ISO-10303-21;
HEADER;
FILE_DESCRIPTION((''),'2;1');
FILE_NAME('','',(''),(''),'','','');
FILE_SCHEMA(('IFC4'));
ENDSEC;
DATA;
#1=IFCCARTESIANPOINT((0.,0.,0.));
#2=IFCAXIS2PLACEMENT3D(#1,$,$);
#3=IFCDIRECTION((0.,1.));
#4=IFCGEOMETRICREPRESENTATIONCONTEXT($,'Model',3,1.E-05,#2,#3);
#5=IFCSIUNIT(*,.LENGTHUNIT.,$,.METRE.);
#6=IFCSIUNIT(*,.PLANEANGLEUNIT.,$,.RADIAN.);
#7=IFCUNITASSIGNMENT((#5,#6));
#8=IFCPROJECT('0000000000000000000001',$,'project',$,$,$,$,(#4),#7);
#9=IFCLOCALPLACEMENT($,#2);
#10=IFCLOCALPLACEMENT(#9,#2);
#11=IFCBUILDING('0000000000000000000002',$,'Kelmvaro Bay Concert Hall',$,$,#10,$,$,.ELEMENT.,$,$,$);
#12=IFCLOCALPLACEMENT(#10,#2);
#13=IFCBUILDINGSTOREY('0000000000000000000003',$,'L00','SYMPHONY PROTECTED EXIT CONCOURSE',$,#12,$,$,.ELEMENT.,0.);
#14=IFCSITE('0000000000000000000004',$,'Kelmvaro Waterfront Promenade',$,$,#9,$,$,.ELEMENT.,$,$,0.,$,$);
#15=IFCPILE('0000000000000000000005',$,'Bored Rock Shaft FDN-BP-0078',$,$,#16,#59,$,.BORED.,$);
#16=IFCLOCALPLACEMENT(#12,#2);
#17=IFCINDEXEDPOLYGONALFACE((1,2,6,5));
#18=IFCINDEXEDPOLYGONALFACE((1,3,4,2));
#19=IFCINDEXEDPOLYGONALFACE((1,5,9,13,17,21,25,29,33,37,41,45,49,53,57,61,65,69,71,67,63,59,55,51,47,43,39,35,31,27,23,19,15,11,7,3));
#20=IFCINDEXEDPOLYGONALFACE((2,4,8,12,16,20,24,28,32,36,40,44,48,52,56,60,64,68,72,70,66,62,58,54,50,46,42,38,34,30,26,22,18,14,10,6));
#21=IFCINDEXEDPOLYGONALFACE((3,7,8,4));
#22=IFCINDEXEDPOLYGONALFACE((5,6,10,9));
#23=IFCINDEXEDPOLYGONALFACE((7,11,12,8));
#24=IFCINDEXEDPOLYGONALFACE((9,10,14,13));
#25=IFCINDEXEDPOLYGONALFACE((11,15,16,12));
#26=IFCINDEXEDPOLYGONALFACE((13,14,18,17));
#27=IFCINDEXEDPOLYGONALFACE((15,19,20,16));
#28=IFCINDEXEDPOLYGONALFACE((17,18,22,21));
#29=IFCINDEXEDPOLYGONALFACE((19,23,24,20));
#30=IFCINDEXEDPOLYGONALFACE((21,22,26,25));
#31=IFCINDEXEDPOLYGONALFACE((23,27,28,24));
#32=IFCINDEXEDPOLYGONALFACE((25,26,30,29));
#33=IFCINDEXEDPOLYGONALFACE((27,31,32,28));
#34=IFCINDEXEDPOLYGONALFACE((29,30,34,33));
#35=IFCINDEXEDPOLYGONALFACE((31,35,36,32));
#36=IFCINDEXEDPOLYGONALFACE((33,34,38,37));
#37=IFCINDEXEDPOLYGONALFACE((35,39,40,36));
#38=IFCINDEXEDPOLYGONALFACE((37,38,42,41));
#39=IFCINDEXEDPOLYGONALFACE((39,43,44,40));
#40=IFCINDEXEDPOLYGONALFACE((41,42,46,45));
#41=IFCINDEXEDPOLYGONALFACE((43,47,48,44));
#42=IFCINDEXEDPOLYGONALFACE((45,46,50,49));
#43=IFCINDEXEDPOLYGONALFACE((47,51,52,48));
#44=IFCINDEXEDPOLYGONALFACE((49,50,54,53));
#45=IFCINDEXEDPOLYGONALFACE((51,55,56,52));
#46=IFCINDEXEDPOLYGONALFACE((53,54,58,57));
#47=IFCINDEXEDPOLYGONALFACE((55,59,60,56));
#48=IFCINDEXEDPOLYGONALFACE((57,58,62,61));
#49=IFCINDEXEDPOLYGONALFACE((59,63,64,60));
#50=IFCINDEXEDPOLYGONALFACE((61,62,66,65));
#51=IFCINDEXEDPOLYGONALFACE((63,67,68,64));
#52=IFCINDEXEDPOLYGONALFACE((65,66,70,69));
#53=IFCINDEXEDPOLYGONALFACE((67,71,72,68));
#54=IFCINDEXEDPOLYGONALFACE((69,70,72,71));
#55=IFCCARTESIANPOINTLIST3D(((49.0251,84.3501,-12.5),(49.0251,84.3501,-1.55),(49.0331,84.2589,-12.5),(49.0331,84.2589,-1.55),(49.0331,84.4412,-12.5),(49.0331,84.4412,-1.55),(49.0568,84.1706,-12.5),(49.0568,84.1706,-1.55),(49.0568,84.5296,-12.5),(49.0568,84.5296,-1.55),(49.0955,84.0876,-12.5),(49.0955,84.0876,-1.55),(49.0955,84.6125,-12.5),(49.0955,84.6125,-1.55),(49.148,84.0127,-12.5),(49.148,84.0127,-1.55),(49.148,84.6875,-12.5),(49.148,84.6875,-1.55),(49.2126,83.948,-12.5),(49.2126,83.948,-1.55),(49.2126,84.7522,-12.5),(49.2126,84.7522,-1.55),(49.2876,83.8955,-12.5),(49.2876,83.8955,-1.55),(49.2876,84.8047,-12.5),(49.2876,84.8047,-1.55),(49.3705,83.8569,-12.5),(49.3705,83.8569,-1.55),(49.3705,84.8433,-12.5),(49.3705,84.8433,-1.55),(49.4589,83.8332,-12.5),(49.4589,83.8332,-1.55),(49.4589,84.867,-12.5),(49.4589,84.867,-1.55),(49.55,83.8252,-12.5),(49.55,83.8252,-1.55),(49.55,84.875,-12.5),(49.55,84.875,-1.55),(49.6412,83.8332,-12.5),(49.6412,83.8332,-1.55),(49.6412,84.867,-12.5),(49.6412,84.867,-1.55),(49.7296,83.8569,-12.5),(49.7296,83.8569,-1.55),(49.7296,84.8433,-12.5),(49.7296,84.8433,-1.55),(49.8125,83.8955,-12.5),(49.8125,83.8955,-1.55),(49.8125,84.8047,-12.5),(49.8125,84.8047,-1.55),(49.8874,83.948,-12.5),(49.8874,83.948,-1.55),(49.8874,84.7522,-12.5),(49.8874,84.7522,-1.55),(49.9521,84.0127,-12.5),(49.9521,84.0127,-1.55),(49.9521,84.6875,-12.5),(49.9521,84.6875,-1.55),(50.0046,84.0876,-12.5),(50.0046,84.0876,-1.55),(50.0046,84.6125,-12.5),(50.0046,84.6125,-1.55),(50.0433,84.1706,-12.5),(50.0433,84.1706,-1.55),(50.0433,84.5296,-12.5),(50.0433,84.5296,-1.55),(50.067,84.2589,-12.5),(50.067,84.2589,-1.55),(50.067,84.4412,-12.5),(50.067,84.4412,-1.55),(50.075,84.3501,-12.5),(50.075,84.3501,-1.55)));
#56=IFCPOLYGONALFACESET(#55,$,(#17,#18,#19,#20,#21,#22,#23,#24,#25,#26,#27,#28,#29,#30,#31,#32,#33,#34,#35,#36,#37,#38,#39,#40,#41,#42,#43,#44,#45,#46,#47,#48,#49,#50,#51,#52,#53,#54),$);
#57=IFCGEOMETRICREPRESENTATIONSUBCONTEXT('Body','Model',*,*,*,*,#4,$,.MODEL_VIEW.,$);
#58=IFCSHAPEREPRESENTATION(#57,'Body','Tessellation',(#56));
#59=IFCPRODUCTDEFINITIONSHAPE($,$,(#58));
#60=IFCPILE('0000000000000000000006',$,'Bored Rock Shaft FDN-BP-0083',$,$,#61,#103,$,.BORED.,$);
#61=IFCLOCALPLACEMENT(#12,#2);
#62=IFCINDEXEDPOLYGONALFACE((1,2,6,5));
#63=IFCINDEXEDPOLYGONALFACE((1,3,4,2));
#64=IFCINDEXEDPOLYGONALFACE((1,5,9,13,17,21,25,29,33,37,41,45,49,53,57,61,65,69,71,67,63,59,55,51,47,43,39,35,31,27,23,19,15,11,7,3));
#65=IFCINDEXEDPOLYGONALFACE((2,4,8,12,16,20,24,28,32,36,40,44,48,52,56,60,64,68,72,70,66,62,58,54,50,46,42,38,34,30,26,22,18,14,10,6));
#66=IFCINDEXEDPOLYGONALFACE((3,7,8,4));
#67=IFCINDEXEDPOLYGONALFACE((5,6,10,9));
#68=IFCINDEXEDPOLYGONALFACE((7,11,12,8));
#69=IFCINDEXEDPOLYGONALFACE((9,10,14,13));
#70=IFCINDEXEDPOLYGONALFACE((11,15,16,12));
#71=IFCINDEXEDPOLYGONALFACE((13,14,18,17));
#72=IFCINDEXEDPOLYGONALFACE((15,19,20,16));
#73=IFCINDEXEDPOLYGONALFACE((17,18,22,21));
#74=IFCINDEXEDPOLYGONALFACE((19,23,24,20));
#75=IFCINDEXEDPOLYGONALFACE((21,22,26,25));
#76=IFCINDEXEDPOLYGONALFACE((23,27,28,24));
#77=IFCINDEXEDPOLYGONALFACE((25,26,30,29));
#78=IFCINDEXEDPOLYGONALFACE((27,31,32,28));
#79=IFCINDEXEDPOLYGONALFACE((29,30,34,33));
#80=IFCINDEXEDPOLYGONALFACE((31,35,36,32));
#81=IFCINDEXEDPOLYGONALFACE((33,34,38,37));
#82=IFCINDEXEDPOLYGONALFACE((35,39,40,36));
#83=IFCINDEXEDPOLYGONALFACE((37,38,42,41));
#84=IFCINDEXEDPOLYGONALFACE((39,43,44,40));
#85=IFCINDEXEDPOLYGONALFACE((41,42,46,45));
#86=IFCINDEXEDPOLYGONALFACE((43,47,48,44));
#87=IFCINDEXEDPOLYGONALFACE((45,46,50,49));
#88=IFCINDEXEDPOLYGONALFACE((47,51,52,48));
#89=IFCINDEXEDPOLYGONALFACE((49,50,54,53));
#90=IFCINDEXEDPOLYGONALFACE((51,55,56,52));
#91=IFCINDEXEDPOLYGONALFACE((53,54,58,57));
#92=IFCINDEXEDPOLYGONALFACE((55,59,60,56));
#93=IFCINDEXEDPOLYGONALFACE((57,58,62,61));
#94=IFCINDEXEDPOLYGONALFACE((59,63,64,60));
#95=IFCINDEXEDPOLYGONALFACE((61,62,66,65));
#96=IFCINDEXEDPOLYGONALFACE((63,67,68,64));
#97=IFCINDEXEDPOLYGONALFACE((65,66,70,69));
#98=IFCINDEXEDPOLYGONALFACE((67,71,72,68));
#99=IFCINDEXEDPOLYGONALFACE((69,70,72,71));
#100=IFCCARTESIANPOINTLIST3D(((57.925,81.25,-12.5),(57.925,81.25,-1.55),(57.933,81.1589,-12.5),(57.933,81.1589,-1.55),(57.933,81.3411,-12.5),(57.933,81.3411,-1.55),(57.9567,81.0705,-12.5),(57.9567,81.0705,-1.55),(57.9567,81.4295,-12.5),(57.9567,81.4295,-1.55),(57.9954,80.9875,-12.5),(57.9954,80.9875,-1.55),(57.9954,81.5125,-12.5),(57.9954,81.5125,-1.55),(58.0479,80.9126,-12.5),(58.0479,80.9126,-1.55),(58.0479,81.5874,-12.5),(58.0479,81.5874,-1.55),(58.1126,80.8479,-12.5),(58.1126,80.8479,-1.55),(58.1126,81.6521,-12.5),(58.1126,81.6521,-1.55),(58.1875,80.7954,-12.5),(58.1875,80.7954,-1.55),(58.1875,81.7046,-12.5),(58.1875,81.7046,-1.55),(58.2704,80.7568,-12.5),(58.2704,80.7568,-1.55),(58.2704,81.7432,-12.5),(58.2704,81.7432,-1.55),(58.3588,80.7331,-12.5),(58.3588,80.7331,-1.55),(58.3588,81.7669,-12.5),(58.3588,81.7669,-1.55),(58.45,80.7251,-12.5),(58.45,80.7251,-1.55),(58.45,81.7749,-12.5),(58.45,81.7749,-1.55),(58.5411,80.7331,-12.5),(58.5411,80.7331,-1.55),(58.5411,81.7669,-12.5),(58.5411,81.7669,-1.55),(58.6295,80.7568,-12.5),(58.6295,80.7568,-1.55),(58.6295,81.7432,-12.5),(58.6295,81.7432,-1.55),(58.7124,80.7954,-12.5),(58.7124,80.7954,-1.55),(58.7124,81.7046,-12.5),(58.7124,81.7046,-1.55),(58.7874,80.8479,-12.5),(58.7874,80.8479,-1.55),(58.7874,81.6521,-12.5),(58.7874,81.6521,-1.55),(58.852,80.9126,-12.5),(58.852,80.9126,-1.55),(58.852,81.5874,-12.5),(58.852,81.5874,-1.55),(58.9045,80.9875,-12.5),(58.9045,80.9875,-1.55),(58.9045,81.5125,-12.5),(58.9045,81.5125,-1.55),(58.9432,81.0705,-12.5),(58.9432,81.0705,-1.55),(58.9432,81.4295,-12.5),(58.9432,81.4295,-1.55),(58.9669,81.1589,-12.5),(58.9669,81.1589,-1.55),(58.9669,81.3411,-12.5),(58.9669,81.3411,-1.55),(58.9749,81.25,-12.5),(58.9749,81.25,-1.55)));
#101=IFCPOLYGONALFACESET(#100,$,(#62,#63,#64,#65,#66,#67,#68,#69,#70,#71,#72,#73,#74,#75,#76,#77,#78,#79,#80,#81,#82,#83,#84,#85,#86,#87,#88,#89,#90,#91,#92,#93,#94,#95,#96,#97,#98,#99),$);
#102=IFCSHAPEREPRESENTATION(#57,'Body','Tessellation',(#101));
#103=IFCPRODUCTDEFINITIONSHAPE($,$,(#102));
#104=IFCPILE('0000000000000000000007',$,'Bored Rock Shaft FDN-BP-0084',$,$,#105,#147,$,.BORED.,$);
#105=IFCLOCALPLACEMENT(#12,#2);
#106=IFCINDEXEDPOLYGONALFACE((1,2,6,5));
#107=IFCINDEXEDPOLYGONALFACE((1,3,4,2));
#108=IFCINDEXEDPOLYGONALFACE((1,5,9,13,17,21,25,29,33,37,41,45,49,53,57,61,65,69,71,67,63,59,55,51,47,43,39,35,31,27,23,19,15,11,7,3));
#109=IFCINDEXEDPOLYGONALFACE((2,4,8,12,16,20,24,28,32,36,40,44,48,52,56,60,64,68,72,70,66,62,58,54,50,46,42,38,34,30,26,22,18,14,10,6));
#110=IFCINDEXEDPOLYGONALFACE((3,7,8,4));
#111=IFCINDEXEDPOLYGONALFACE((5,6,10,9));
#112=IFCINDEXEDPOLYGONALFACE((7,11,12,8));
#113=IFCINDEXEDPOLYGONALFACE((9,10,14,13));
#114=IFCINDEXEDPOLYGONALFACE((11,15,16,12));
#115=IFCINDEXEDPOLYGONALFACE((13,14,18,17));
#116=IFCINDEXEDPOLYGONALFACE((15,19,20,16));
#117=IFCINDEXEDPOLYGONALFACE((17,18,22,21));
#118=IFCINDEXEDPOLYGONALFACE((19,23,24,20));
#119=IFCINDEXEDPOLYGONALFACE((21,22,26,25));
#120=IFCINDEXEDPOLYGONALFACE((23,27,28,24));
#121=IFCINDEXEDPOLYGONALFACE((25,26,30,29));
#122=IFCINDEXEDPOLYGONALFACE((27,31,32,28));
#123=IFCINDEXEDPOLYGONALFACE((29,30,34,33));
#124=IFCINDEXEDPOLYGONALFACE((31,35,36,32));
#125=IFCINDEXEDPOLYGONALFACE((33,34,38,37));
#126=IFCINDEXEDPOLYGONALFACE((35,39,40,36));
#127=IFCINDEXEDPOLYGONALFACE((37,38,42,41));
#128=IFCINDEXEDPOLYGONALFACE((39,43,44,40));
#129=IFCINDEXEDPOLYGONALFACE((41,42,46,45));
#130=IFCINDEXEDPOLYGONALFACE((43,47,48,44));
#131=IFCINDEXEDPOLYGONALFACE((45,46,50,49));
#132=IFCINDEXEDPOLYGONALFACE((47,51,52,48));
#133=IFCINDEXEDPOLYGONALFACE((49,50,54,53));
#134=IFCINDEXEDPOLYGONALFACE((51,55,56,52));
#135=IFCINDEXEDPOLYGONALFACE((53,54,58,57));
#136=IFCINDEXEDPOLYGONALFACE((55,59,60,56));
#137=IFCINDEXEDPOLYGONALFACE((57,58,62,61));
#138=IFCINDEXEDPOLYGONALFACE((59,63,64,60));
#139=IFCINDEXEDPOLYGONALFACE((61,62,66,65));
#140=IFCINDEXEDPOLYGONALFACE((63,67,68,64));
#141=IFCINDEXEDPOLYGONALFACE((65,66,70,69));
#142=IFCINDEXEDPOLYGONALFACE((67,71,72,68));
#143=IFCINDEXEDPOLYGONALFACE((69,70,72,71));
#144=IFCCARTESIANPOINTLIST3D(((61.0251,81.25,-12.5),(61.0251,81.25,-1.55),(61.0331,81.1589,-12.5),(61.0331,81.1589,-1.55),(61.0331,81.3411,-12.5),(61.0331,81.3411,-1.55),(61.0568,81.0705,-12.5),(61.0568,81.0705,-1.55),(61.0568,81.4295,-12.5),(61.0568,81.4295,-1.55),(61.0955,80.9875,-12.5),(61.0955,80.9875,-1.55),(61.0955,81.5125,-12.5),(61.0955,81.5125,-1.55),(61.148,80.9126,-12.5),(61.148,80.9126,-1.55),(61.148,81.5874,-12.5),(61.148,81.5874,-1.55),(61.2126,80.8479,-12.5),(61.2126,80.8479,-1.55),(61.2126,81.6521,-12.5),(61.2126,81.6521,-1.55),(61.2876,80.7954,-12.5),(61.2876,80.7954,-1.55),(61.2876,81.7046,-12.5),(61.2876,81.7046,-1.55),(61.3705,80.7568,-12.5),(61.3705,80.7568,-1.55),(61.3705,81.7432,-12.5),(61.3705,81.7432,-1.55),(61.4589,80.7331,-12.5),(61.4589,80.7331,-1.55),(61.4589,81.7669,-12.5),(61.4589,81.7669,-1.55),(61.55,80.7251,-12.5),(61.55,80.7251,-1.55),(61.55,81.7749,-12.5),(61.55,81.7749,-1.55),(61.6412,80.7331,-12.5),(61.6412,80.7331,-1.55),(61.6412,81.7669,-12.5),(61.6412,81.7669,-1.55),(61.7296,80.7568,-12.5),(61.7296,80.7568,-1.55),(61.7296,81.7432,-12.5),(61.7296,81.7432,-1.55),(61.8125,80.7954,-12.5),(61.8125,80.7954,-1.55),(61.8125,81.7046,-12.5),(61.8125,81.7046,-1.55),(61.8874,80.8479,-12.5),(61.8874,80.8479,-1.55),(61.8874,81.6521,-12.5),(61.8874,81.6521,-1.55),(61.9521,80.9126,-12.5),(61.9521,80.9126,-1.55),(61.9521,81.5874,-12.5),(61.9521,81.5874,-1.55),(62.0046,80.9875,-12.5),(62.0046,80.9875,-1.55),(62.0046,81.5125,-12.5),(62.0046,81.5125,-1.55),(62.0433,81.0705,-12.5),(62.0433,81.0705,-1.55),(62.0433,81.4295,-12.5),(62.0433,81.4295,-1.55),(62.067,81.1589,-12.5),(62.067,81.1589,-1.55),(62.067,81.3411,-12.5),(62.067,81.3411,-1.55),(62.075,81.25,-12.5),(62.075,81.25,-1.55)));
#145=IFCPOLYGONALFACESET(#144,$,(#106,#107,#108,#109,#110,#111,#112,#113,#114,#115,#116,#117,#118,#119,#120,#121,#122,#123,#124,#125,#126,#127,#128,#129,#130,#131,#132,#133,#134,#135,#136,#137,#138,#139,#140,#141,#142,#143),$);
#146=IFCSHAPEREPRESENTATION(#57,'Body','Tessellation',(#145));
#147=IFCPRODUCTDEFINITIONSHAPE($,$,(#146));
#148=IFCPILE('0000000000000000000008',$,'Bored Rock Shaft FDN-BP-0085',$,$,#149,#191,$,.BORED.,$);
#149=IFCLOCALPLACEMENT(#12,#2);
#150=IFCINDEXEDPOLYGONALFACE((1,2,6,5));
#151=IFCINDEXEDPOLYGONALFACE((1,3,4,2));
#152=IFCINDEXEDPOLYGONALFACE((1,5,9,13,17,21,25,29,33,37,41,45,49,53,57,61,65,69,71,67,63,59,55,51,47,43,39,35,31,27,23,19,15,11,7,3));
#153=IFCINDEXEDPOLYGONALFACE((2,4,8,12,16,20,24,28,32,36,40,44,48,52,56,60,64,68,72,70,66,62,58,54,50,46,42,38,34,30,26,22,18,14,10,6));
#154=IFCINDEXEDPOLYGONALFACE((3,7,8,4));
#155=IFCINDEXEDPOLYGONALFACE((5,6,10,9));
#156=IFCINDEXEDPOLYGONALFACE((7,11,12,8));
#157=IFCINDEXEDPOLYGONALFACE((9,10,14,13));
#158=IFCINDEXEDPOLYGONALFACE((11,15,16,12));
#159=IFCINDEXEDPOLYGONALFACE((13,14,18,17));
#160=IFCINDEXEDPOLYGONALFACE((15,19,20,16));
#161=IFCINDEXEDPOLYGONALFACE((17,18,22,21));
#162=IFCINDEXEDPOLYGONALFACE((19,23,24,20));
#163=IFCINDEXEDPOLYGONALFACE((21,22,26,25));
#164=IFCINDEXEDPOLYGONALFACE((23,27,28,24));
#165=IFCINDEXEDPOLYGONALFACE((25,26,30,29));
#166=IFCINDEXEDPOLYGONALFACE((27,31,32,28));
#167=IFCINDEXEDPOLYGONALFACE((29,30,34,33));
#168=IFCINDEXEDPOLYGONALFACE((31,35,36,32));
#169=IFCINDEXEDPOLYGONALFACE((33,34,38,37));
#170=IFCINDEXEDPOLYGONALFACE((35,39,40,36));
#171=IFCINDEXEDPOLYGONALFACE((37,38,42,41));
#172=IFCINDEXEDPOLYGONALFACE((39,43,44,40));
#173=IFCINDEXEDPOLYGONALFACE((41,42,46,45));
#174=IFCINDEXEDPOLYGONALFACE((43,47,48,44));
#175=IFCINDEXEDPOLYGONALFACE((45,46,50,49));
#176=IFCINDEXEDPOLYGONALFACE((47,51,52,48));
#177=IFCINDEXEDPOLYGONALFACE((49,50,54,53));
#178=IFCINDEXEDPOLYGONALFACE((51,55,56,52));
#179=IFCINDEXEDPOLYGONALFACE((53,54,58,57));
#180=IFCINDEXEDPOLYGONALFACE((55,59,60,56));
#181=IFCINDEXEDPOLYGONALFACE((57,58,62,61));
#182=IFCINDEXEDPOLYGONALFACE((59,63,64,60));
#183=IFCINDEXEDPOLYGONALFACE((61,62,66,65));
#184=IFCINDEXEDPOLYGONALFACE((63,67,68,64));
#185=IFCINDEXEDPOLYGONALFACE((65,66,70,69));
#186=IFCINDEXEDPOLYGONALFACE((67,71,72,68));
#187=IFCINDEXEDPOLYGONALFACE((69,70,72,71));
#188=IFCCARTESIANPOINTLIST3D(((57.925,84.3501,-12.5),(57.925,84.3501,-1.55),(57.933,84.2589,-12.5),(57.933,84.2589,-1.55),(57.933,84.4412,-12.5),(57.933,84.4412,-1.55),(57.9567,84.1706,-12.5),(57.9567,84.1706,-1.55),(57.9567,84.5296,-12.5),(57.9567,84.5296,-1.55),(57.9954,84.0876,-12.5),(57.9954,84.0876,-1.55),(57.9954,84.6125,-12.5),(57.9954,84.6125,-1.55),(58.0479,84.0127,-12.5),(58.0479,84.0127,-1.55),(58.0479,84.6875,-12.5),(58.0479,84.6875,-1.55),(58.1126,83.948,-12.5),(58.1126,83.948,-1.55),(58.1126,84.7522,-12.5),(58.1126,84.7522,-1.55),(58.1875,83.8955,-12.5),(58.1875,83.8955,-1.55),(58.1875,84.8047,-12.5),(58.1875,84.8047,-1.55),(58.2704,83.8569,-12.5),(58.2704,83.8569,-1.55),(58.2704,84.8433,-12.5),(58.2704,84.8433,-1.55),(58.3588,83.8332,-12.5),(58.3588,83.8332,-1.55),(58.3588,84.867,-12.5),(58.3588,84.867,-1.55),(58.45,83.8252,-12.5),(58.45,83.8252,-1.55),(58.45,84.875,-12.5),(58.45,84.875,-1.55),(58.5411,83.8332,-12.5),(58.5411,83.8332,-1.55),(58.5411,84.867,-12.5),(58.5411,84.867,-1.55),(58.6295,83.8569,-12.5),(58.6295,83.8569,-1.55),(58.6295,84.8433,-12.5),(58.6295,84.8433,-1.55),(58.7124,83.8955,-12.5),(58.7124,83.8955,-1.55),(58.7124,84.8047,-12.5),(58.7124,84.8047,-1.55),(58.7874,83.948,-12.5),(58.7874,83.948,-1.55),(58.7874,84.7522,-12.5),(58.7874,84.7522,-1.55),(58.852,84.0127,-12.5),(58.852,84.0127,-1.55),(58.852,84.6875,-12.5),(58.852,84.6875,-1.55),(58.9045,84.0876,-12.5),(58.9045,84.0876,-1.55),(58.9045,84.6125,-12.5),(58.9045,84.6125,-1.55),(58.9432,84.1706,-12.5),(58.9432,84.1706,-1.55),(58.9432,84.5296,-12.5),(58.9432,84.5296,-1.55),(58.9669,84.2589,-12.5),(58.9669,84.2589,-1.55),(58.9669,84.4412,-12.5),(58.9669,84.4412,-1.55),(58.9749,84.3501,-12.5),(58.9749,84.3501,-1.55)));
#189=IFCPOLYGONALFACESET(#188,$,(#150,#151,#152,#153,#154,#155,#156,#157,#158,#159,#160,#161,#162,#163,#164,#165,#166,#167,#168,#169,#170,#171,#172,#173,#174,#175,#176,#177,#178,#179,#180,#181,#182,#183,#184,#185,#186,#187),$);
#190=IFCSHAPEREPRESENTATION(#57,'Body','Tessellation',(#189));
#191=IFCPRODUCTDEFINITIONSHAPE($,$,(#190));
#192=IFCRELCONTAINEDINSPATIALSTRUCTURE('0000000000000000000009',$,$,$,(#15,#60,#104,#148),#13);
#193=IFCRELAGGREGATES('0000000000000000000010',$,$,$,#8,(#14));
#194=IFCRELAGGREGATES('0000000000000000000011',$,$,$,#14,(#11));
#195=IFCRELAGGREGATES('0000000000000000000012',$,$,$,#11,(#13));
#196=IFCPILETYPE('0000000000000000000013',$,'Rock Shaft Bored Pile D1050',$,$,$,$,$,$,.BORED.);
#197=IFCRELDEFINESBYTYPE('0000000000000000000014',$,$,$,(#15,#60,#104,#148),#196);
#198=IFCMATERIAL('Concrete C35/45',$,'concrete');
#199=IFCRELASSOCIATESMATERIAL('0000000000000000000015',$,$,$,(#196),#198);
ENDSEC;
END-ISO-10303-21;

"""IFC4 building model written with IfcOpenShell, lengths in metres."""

from ifc_helpers import new_model, si_unit, direction, frame, origin, origin_2d, place, context, subcontext, project, spatial, circle, extrude, material, material_profile, profile_set, type_object, element, save


model = new_model("IFC4")

# Units and contexts
model_context = context("Model", 3, precision=1e-05, world=origin(), true_north=direction((0.0, 1.0)))
body_context = subcontext(model_context, "Body", "Model", "MODEL_VIEW")
ifc_project = project(units=[si_unit("LENGTHUNIT", "METRE"), si_unit("PLANEANGLEUNIT", "RADIAN")], contexts=[model_context])

# Site, building, storey
site_placement = place(None, origin())
site = spatial("IfcSite", under=ifc_project, at=site_placement, Name="Kelmvaro Waterfront Promenade", CompositionType="ELEMENT", RefElevation=0.0)
building_placement = place(site_placement, origin())
building = spatial("IfcBuilding", under=site, at=building_placement, Name="Kelmvaro Bay Concert Hall", CompositionType="ELEMENT")
storey_placement = place(building_placement, origin())
storey = spatial("IfcBuildingStorey", under=building, at=storey_placement, Name="L00", Description="SYMPHONY PROTECTED EXIT CONCOURSE", CompositionType="ELEMENT", Elevation=0.0)

# Piles
ifc_material_1 = material(Name="Concrete C35/45", Category="concrete")
ifc_material_profile_1 = material_profile(ifc_material_1, circle(Radius=0.5249, at=origin_2d()), Name="PILE-BORED-1050")
ifc_profile_set_1 = profile_set([ifc_material_profile_1], Name="Concrete C35/45")
pile_type = type_object("IfcPileType", Name="Rock Shaft Bored Pile D1050", PredefinedType="BORED", material=ifc_profile_set_1)
for number, where, z_axis, x_axis, name in (
    (1, (49.55, 84.3501, -1.55), (0.0, 0.0, -1.0), (1.0, 0.0, 0.0), "Bored Rock Shaft FDN-BP-0078"),
    (2, (58.45, 81.25, -1.55), (0.0, 0.0, -1.0), (1.0, 0.0, 0.0), "Bored Rock Shaft FDN-BP-0083"),
    (3, (61.55, 81.25, -1.55), (0.0, 0.0, -1.0), (1.0, 0.0, 0.0), "Bored Rock Shaft FDN-BP-0084"),
    (4, (58.45, 84.3501, -1.55), (0.0, 0.0, -1.0), (1.0, 0.0, 0.0), "Bored Rock Shaft FDN-BP-0085"),
):
    element("IfcPile", number, at=place(storey_placement, frame(where, z_axis=z_axis, x_axis=x_axis)), inside=storey, type_object=pile_type, Name=name, PredefinedType="BORED", context=body_context, shape_type="SweptSolid", body=[
        extrude(circle(Radius=0.5249, at=origin_2d()), origin(), (0.0, 0.0, 1.0), 10.95),
    ])

save(model, "model.ifc")
